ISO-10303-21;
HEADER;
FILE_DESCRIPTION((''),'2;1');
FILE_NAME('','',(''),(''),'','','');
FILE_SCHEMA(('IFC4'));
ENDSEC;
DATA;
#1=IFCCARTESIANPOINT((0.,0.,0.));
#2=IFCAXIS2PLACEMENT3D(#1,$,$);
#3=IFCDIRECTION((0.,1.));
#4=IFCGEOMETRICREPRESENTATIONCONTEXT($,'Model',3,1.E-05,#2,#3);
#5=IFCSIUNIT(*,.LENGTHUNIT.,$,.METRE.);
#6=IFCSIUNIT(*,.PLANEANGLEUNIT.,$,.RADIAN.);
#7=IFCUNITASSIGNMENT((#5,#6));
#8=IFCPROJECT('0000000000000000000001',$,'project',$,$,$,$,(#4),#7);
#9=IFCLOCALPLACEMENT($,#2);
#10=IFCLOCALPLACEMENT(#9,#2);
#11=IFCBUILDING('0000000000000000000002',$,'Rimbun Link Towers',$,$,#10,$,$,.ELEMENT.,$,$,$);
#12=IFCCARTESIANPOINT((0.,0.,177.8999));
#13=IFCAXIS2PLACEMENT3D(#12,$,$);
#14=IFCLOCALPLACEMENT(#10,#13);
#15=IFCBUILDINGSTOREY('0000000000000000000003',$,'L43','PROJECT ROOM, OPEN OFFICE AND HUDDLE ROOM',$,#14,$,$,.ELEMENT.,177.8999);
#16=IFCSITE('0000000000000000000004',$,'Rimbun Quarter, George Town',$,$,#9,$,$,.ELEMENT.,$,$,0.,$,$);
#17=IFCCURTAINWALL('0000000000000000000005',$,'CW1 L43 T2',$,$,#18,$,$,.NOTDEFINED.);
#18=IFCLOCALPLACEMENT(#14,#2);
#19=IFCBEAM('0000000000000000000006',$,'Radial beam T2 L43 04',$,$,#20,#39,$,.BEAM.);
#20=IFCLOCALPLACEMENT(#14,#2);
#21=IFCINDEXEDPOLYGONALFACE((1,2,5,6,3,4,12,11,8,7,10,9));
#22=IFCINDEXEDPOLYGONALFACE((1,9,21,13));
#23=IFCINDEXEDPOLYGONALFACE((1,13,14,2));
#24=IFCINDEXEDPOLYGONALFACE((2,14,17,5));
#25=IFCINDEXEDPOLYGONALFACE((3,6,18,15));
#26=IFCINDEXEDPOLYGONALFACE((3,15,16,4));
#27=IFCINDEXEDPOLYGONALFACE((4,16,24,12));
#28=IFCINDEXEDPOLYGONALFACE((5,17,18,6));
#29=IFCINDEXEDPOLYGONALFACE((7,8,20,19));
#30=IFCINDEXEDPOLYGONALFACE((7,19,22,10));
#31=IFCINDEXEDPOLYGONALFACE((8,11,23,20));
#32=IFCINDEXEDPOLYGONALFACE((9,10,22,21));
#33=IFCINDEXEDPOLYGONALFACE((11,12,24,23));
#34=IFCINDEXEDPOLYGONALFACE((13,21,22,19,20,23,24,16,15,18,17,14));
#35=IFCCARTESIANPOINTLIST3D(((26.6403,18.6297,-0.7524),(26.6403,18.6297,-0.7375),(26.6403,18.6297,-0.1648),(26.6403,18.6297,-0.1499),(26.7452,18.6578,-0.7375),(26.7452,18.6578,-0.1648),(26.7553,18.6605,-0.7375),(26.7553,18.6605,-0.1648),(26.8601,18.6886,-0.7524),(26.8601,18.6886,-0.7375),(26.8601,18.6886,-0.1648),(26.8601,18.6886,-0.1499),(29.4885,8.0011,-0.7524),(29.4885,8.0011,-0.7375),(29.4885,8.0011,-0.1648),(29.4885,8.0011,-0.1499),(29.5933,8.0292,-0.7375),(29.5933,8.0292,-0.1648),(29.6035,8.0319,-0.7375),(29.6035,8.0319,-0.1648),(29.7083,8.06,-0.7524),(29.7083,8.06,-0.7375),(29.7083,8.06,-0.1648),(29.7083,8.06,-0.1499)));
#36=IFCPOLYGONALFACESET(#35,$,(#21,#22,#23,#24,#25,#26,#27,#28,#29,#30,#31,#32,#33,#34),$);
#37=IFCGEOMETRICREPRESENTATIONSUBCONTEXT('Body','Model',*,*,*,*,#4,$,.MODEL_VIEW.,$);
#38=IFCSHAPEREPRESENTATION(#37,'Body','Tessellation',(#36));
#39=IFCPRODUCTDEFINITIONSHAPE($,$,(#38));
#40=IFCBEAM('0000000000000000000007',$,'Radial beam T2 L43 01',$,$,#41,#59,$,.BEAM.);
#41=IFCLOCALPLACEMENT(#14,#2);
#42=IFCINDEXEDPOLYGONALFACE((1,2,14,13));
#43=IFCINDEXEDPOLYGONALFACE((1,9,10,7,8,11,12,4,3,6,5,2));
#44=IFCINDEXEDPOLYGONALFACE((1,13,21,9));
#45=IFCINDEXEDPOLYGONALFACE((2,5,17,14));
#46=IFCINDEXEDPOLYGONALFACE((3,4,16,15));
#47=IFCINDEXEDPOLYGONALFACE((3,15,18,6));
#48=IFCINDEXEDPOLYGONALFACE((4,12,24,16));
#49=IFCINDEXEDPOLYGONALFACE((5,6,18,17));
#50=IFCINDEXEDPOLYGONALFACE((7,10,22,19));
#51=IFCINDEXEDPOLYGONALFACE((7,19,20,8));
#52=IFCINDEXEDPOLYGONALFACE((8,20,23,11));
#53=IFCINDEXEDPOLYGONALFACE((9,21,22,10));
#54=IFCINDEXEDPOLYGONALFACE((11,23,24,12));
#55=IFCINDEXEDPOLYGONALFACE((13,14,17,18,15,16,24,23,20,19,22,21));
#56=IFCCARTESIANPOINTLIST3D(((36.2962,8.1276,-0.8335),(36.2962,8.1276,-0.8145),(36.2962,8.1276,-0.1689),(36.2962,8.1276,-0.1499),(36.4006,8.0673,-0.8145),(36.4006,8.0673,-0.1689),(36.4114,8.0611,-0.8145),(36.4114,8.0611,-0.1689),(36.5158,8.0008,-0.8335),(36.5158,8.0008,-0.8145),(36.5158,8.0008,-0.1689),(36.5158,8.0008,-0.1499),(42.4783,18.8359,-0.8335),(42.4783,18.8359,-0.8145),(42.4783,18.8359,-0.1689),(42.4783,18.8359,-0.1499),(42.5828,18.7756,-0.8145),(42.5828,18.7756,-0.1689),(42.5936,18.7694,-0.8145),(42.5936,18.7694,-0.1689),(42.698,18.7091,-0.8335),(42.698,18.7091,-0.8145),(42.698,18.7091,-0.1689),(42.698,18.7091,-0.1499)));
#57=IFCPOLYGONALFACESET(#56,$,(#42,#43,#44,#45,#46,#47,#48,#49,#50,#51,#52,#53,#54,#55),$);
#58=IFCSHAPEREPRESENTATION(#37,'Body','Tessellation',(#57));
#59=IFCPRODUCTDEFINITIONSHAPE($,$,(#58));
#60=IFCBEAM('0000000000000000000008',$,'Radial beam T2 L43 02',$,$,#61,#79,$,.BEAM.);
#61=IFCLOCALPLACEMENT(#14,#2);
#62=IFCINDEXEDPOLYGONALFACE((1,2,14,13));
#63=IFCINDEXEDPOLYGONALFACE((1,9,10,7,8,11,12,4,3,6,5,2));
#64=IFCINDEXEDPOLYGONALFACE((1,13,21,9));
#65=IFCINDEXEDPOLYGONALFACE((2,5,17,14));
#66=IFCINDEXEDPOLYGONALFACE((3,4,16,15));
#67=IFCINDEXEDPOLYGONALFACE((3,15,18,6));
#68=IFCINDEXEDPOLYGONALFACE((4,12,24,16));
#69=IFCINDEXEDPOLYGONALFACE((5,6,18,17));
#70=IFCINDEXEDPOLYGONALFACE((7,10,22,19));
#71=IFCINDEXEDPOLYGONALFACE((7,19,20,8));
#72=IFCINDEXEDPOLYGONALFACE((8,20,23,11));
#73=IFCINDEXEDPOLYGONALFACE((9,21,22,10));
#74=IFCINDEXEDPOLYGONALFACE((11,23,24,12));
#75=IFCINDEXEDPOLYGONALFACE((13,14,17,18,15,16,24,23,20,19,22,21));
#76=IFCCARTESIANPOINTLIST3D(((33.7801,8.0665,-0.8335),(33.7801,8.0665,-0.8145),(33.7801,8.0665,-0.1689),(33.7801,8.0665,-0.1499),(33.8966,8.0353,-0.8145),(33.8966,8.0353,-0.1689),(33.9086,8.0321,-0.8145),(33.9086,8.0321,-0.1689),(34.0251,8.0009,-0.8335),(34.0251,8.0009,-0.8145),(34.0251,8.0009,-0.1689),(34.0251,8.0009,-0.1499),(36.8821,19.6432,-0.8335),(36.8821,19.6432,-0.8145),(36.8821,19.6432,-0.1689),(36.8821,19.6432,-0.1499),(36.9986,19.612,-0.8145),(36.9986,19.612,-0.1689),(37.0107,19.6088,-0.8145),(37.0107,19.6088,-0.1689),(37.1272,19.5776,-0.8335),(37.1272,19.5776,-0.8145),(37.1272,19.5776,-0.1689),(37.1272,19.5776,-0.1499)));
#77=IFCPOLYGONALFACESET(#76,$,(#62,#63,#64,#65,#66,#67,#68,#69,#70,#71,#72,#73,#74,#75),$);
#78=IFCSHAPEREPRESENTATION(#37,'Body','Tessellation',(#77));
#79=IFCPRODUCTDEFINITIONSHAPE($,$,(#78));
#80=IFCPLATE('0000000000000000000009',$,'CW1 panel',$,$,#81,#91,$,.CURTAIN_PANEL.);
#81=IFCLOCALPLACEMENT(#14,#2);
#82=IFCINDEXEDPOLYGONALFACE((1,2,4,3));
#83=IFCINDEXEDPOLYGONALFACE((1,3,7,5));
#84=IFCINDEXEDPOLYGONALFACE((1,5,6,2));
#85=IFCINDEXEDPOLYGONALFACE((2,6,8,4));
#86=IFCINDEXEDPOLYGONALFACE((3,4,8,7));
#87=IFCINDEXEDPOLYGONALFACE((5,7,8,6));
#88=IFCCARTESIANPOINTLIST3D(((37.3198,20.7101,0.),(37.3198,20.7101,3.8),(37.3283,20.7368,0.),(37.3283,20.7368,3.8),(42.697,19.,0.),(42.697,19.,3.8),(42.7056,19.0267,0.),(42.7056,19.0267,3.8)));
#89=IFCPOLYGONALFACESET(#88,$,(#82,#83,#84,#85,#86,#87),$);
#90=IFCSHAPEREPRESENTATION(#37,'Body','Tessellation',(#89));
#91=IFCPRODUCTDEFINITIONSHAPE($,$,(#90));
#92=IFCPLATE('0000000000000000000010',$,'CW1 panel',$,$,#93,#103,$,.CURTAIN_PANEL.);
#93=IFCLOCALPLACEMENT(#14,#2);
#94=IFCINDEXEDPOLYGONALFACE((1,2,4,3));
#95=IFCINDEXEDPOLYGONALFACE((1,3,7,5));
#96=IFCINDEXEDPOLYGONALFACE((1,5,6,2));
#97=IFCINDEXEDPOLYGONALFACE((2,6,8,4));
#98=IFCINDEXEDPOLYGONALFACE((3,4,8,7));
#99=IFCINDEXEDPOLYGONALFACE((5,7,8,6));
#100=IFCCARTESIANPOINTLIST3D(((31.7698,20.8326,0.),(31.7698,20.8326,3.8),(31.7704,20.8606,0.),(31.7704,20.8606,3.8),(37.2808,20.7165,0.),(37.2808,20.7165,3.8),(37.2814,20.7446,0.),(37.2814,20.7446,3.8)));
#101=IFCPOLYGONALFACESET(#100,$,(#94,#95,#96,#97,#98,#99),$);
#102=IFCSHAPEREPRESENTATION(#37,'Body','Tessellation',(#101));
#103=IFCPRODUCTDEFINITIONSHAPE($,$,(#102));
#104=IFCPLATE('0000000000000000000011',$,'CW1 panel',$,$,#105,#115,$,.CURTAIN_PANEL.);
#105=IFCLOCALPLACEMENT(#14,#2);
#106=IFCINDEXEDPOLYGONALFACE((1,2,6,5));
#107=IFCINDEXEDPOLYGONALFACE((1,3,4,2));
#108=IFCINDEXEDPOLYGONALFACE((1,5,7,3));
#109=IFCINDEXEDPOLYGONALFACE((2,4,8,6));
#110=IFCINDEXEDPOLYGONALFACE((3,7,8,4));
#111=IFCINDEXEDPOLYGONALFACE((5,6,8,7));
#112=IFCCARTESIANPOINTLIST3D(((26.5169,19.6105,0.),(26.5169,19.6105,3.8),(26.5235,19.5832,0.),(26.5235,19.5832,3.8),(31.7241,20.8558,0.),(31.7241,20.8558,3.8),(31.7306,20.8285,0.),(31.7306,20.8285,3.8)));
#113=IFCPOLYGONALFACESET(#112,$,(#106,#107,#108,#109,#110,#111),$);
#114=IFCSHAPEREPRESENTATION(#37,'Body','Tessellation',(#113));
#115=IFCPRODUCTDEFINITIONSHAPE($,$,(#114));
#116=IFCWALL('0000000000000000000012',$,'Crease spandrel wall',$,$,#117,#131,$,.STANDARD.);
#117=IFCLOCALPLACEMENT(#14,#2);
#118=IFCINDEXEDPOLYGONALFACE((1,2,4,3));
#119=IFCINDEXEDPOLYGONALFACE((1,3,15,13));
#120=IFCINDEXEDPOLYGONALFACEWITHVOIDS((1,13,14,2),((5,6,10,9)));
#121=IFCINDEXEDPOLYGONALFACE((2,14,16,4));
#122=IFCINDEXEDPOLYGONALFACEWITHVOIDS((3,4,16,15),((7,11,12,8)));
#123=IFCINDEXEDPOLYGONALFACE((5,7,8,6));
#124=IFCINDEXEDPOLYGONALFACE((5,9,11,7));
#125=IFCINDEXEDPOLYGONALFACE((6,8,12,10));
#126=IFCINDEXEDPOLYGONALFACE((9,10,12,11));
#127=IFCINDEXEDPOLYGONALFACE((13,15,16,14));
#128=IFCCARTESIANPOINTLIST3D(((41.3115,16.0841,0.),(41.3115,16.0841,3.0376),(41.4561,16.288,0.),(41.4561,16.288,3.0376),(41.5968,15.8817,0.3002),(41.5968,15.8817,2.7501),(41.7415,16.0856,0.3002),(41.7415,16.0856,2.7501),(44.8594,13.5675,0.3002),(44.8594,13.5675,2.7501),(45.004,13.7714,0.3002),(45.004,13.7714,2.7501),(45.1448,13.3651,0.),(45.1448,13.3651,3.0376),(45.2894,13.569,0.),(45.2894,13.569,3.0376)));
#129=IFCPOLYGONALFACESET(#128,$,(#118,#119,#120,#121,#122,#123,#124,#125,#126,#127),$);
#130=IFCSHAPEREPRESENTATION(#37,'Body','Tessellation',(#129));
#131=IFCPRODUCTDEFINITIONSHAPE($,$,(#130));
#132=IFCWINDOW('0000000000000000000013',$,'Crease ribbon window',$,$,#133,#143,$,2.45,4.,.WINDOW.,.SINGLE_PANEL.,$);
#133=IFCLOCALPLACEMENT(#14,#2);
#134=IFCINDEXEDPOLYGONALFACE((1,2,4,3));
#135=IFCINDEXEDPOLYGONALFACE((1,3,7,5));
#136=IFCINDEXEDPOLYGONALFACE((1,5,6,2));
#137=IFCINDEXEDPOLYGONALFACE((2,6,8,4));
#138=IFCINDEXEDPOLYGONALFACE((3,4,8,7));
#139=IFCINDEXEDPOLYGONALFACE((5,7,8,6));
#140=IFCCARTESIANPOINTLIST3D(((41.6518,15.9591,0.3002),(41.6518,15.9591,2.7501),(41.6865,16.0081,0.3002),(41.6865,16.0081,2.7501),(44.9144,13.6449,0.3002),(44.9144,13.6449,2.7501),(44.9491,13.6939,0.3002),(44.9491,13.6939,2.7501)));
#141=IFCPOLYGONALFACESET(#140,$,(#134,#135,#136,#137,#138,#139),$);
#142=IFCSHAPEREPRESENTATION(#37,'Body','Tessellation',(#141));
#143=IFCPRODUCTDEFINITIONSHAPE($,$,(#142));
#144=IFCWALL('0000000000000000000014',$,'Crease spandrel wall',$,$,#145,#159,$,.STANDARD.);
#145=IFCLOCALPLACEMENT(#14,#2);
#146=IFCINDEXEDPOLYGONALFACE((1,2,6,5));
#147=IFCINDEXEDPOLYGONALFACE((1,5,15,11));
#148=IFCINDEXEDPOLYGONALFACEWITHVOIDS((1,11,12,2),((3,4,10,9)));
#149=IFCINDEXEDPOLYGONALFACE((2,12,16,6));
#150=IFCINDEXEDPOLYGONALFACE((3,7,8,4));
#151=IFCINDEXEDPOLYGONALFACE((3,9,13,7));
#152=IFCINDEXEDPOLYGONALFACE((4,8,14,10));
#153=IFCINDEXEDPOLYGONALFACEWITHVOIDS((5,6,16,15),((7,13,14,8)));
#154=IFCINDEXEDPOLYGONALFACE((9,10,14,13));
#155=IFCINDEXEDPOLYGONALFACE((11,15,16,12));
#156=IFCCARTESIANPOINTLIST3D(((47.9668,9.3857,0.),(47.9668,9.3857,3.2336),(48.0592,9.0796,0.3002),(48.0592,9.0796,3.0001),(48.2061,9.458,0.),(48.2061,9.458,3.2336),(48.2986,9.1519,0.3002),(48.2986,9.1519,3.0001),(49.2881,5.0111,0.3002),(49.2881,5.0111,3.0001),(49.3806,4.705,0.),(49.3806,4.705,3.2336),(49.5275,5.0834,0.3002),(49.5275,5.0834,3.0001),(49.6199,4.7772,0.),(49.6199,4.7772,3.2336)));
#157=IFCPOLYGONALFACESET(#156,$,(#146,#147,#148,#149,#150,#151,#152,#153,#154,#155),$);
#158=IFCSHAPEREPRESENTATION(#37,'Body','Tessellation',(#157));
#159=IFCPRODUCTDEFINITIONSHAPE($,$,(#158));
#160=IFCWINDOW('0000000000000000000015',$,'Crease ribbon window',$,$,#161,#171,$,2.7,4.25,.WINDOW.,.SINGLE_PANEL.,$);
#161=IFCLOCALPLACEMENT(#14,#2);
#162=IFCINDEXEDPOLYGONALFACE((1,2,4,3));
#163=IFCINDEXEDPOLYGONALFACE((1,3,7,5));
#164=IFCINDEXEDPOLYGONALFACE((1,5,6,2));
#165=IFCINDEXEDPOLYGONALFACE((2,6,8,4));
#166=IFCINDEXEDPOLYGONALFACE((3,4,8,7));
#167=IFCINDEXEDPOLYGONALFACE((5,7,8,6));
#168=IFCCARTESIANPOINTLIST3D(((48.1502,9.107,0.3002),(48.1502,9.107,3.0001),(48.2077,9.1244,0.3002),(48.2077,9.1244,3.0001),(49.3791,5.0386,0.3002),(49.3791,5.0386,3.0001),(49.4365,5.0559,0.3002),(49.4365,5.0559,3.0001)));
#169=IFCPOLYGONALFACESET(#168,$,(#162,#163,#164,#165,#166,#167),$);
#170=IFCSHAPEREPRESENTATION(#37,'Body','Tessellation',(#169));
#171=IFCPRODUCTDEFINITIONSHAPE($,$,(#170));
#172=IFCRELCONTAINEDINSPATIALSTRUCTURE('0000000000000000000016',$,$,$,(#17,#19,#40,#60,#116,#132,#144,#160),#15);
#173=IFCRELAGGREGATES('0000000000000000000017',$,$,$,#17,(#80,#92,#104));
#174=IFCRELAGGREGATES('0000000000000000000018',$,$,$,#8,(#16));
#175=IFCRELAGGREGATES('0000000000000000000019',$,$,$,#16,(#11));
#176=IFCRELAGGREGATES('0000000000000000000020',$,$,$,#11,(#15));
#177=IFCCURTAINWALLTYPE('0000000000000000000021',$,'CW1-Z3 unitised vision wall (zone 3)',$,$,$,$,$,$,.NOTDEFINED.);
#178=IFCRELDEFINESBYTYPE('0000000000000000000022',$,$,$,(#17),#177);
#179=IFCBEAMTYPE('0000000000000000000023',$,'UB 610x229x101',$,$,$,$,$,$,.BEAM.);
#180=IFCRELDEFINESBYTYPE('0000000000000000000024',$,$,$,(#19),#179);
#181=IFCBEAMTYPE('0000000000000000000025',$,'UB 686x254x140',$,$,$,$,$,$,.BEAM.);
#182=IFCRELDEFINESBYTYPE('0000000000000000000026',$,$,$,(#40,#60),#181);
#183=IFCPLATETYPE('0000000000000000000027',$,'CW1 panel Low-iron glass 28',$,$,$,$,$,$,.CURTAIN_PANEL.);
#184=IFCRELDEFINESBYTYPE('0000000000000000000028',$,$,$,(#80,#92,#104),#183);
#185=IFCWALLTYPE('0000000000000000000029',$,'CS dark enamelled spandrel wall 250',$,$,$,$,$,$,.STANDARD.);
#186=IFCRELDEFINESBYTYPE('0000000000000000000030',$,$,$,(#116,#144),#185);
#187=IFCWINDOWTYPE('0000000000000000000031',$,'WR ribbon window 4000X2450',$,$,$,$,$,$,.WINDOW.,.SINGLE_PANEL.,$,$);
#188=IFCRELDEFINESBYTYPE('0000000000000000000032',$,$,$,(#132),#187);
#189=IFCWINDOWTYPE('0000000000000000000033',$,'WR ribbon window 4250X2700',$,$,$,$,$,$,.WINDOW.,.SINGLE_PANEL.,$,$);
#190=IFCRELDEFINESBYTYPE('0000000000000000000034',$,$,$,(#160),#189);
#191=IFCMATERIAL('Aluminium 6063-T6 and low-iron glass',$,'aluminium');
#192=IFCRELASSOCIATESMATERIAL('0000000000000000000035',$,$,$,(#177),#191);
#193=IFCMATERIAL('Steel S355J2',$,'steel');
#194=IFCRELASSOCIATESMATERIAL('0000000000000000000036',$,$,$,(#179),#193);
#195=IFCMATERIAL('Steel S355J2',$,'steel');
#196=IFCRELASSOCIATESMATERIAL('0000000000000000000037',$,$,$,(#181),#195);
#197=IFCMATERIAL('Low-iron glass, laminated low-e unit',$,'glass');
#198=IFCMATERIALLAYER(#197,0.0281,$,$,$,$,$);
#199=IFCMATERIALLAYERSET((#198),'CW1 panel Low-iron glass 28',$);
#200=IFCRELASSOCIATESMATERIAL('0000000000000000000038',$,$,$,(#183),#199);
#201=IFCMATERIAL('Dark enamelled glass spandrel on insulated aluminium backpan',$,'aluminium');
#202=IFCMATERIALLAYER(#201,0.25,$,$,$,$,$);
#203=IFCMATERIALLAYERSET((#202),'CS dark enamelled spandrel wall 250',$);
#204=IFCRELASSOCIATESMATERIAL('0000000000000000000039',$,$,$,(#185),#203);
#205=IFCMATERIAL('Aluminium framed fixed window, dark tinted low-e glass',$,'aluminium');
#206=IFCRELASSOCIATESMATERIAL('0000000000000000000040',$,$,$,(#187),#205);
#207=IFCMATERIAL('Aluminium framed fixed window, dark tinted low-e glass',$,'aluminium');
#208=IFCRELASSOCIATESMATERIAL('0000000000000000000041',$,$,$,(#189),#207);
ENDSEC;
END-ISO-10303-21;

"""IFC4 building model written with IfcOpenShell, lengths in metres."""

from ifc_helpers import new_model, si_unit, direction, frame, frame_2d, origin, origin_2d, place, context, subcontext, project, spatial, rectangle, i_section, extrude, material, layer, layer_set, material_profile, profile_set, type_object, element, fill, aggregate, save


model = new_model("IFC4")

# Units and contexts
model_context = context("Model", 3, precision=1e-05, world=origin(), true_north=direction((0.0, 1.0)))
body_context = subcontext(model_context, "Body", "Model", "MODEL_VIEW")
ifc_project = project(units=[si_unit("LENGTHUNIT", "METRE"), si_unit("PLANEANGLEUNIT", "RADIAN")], contexts=[model_context])

# Site, building, storey
site_placement = place(None, origin())
site = spatial("IfcSite", under=ifc_project, at=site_placement, Name="Rimbun Quarter, George Town", CompositionType="ELEMENT", RefElevation=0.0)
building_placement = place(site_placement, origin())
building = spatial("IfcBuilding", under=site, at=building_placement, Name="Rimbun Link Towers", CompositionType="ELEMENT")
storey_placement = place(building_placement, frame((0.0, 0.0, 177.8999)))
storey = spatial("IfcBuildingStorey", under=building, at=storey_placement, Name="L43", Description="PROJECT ROOM, OPEN OFFICE AND HUDDLE ROOM", CompositionType="ELEMENT", Elevation=177.8999)

# Curtain wall
ifc_material_1 = material(Name="Aluminium 6063-T6 and low-iron glass", Category="aluminium")
curtain_wall_type = type_object("IfcCurtainWallType", Name="CW1-Z3 unitised vision wall (zone 3)", PredefinedType="NOTDEFINED", material=ifc_material_1)
curtain_wall_placement = place(storey_placement, origin())
curtain_wall = element("IfcCurtainWall", 1, at=curtain_wall_placement, inside=storey, type_object=curtain_wall_type, Name="CW1 L43 T2", PredefinedType="NOTDEFINED")

# Beams
ifc_material_2 = material(Name="Steel S355J2", Category="steel")
ifc_material_profile_1 = material_profile(ifc_material_2, i_section(OverallWidth=0.2275, OverallDepth=0.6025, WebThickness=0.0105, FlangeThickness=0.0149, at=origin_2d()), Name="UB 610x229x101")
ifc_profile_set_1 = profile_set([ifc_material_profile_1], Name="Steel S355J2")
beam_type_1 = type_object("IfcBeamType", Name="UB 610x229x101", PredefinedType="BEAM", material=ifc_profile_set_1)
beam_1_placement = place(storey_placement, frame((29.5984, 8.0305, -0.4512), z_axis=(-0.258836, 0.965921, 0.0), x_axis=(-0.965921, -0.258836, 0.0)))
element("IfcBeam", 2, at=beam_1_placement, inside=storey, type_object=beam_type_1, Name="Radial beam T2 L43 04", PredefinedType="BEAM", context=body_context, shape_type="SweptSolid", body=[
    extrude(i_section(OverallWidth=0.2275, OverallDepth=0.6025, WebThickness=0.0105, FlangeThickness=0.0149, at=origin_2d()), origin(), (0.0, 0.0, 1.0), 11.0037),
])
ifc_material_3 = material(Name="Steel S355J2", Category="steel")
ifc_material_profile_2 = material_profile(ifc_material_3, i_section(OverallWidth=0.2537, OverallDepth=0.6836, WebThickness=0.0125, FlangeThickness=0.019, at=origin_2d()), Name="UB 686x254x140")
ifc_profile_set_2 = profile_set([ifc_material_profile_2], Name="Steel S355J2")
beam_type_2 = type_object("IfcBeamType", Name="UB 686x254x140", PredefinedType="BEAM", material=ifc_profile_set_2)
beam_2_placement = place(storey_placement, frame((36.406, 8.0642, -0.4917), z_axis=(0.499983, 0.866035, 0.0), x_axis=(-0.866035, 0.499983, 0.0)))
element("IfcBeam", 3, at=beam_2_placement, inside=storey, type_object=beam_type_2, Name="Radial beam T2 L43 01", PredefinedType="BEAM", context=body_context, shape_type="SweptSolid", body=[
    extrude(i_section(OverallWidth=0.2537, OverallDepth=0.6836, WebThickness=0.0125, FlangeThickness=0.019, at=origin_2d()), origin(), (0.0, 0.0, 1.0), 12.3647),
])
beam_3_placement = place(storey_placement, frame((33.9026, 8.0337, -0.4917), z_axis=(0.258826, 0.965924, 0.0), x_axis=(-0.965924, 0.258826, 0.0)))
element("IfcBeam", 4, at=beam_3_placement, inside=storey, type_object=beam_type_2, Name="Radial beam T2 L43 02", PredefinedType="BEAM", context=body_context, shape_type="SweptSolid", body=[
    extrude(i_section(OverallWidth=0.2537, OverallDepth=0.6836, WebThickness=0.0125, FlangeThickness=0.019, at=origin_2d()), origin(), (0.0, 0.0, 1.0), 11.9851),
])

# Plates
ifc_material_4 = material(Name="Low-iron glass, laminated low-e unit", Category="glass")
ifc_layer_1 = layer(ifc_material_4, 0.0281)
ifc_layer_set_1 = layer_set([ifc_layer_1], Name="CW1 panel Low-iron glass 28")
plate_type = type_object("IfcPlateType", Name="CW1 panel Low-iron glass 28", PredefinedType="CURTAIN_PANEL", material=ifc_layer_set_1)
plate_1_placement = place(storey_placement, frame((40.0127, 19.8684, 0.0), z_axis=(0.0, 0.0, 1.0), x_axis=(0.952969, -0.303068, 0.0)))
plate_1 = element("IfcPlate", 5, at=plate_1_placement, type_object=plate_type, Name="CW1 panel", PredefinedType="CURTAIN_PANEL", context=body_context, shape_type="SweptSolid", body=[
    extrude(rectangle(XDim=5.6426, YDim=0.0281, at=origin_2d()), origin(), (0.0, 0.0, 1.0), 3.8),
])
plate_2_placement = place(storey_placement, frame((34.5256, 20.7886, 0.0), z_axis=(0.0, 0.0, 1.0), x_axis=(0.999778, -0.021055, 0.0)))
plate_2 = element("IfcPlate", 6, at=plate_2_placement, type_object=plate_type, Name="CW1 panel", PredefinedType="CURTAIN_PANEL", context=body_context, shape_type="SweptSolid", body=[
    extrude(rectangle(XDim=5.5122, YDim=0.0281, at=origin_2d()), origin(), (0.0, 0.0, 1.0), 3.8),
])
plate_3_placement = place(storey_placement, frame((29.1238, 20.2195, 0.0), z_axis=(0.0, 0.0, 1.0), x_axis=(0.972574, 0.232595, 0.0)))
plate_3 = element("IfcPlate", 7, at=plate_3_placement, type_object=plate_type, Name="CW1 panel", PredefinedType="CURTAIN_PANEL", context=body_context, shape_type="SweptSolid", body=[
    extrude(rectangle(XDim=5.354, YDim=0.0281, at=origin_2d()), origin(), (0.0, 0.0, 1.0), 3.8),
])
aggregate(curtain_wall, [plate_1, plate_2, plate_3])

# Walls, openings, windows
ifc_material_5 = material(Name="Dark enamelled glass spandrel on insulated aluminium backpan", Category="aluminium")
ifc_layer_2 = layer(ifc_material_5, 0.25)
ifc_layer_set_2 = layer_set([ifc_layer_2], Name="CS dark enamelled spandrel wall 250")
wall_type_1 = type_object("IfcWallType", Name="CS dark enamelled spandrel wall 250", PredefinedType="STANDARD", material=ifc_layer_set_2)
wall_1_placement = place(storey_placement, frame((41.3838, 16.186, 0.0), z_axis=(0.0, 0.0, 1.0), x_axis=(0.815646, -0.578552, 0.0)))
wall_1 = element("IfcWall", 8, at=wall_1_placement, inside=storey, type_object=wall_type_1, Name="Crease spandrel wall", PredefinedType="STANDARD", context=body_context, shape_type="SweptSolid", body=[
    extrude(rectangle(XDim=4.6997, YDim=0.25, at=frame_2d((2.3499, 0.0))), origin(), (0.0, 0.0, 1.0), 3.0376),
])
opening_1_placement = place(wall_1_placement, frame((0.3499, 0.0, 0.3)))
opening_1 = element("IfcOpeningElement", 9, at=opening_1_placement, cuts=wall_1, PredefinedType="OPENING", context=body_context, shape_type="SweptSolid", body=[
    extrude(rectangle(XDim=4.0, YDim=2.45, at=frame_2d((2.0, 1.2251))), frame((0.0, 0.135, 0.0), z_axis=(0.0, -1.0, 0.0), x_axis=(1.0, 0.0, 0.0)), (0.0, 0.0, 1.0), 0.27),
])
ifc_material_6 = material(Name="Aluminium framed fixed window, dark tinted low-e glass", Category="aluminium")
window_type_1 = type_object("IfcWindowType", Name="WR ribbon window 4000X2450", PartitioningType="SINGLE_PANEL", PredefinedType="WINDOW", material=ifc_material_6)
window_1_placement = place(opening_1_placement, origin())
window_1 = element("IfcWindow", 10, at=window_1_placement, inside=storey, type_object=window_type_1, Name="Crease ribbon window", OverallHeight=2.45, OverallWidth=4.0, PartitioningType="SINGLE_PANEL", PredefinedType="WINDOW", context=body_context, shape_type="SweptSolid", body=[
    extrude(rectangle(XDim=4.0, YDim=2.45, at=frame_2d((2.0, 1.2251))), frame((0.0, 0.03, 0.0), z_axis=(0.0, -1.0, 0.0), x_axis=(1.0, 0.0, 0.0)), (0.0, 0.0, 1.0), 0.0601),
])
fill(opening_1, window_1)
wall_2_placement = place(storey_placement, frame((48.0864, 9.4219, 0.0), z_axis=(0.0, 0.0, 1.0), x_axis=(0.289152, -0.957283, 0.0)))
wall_2 = element("IfcWall", 11, at=wall_2_placement, inside=storey, type_object=wall_type_1, Name="Crease spandrel wall", PredefinedType="STANDARD", context=body_context, shape_type="SweptSolid", body=[
    extrude(rectangle(XDim=4.8896, YDim=0.25, at=frame_2d((2.4448, 0.0))), origin(), (0.0, 0.0, 1.0), 3.2336),
])
opening_2_placement = place(wall_2_placement, frame((0.3198, 0.0, 0.3)))
opening_2 = element("IfcOpeningElement", 12, at=opening_2_placement, cuts=wall_2, PredefinedType="OPENING", context=body_context, shape_type="SweptSolid", body=[
    extrude(rectangle(XDim=4.25, YDim=2.7, at=frame_2d((2.125, 1.3501))), frame((0.0, 0.135, 0.0), z_axis=(0.0, -1.0, 0.0), x_axis=(1.0, 0.0, 0.0)), (0.0, 0.0, 1.0), 0.27),
])
ifc_material_7 = material(Name="Aluminium framed fixed window, dark tinted low-e glass", Category="aluminium")
window_type_2 = type_object("IfcWindowType", Name="WR ribbon window 4250X2700", PartitioningType="SINGLE_PANEL", PredefinedType="WINDOW", material=ifc_material_7)
window_2_placement = place(opening_2_placement, origin())
window_2 = element("IfcWindow", 13, at=window_2_placement, inside=storey, type_object=window_type_2, Name="Crease ribbon window", OverallHeight=2.7, OverallWidth=4.25, PartitioningType="SINGLE_PANEL", PredefinedType="WINDOW", context=body_context, shape_type="SweptSolid", body=[
    extrude(rectangle(XDim=4.25, YDim=2.7, at=frame_2d((2.125, 1.3501))), frame((0.0, 0.03, 0.0), z_axis=(0.0, -1.0, 0.0), x_axis=(1.0, 0.0, 0.0)), (0.0, 0.0, 1.0), 0.0601),
])
fill(opening_2, window_2)

save(model, "model.ifc")
